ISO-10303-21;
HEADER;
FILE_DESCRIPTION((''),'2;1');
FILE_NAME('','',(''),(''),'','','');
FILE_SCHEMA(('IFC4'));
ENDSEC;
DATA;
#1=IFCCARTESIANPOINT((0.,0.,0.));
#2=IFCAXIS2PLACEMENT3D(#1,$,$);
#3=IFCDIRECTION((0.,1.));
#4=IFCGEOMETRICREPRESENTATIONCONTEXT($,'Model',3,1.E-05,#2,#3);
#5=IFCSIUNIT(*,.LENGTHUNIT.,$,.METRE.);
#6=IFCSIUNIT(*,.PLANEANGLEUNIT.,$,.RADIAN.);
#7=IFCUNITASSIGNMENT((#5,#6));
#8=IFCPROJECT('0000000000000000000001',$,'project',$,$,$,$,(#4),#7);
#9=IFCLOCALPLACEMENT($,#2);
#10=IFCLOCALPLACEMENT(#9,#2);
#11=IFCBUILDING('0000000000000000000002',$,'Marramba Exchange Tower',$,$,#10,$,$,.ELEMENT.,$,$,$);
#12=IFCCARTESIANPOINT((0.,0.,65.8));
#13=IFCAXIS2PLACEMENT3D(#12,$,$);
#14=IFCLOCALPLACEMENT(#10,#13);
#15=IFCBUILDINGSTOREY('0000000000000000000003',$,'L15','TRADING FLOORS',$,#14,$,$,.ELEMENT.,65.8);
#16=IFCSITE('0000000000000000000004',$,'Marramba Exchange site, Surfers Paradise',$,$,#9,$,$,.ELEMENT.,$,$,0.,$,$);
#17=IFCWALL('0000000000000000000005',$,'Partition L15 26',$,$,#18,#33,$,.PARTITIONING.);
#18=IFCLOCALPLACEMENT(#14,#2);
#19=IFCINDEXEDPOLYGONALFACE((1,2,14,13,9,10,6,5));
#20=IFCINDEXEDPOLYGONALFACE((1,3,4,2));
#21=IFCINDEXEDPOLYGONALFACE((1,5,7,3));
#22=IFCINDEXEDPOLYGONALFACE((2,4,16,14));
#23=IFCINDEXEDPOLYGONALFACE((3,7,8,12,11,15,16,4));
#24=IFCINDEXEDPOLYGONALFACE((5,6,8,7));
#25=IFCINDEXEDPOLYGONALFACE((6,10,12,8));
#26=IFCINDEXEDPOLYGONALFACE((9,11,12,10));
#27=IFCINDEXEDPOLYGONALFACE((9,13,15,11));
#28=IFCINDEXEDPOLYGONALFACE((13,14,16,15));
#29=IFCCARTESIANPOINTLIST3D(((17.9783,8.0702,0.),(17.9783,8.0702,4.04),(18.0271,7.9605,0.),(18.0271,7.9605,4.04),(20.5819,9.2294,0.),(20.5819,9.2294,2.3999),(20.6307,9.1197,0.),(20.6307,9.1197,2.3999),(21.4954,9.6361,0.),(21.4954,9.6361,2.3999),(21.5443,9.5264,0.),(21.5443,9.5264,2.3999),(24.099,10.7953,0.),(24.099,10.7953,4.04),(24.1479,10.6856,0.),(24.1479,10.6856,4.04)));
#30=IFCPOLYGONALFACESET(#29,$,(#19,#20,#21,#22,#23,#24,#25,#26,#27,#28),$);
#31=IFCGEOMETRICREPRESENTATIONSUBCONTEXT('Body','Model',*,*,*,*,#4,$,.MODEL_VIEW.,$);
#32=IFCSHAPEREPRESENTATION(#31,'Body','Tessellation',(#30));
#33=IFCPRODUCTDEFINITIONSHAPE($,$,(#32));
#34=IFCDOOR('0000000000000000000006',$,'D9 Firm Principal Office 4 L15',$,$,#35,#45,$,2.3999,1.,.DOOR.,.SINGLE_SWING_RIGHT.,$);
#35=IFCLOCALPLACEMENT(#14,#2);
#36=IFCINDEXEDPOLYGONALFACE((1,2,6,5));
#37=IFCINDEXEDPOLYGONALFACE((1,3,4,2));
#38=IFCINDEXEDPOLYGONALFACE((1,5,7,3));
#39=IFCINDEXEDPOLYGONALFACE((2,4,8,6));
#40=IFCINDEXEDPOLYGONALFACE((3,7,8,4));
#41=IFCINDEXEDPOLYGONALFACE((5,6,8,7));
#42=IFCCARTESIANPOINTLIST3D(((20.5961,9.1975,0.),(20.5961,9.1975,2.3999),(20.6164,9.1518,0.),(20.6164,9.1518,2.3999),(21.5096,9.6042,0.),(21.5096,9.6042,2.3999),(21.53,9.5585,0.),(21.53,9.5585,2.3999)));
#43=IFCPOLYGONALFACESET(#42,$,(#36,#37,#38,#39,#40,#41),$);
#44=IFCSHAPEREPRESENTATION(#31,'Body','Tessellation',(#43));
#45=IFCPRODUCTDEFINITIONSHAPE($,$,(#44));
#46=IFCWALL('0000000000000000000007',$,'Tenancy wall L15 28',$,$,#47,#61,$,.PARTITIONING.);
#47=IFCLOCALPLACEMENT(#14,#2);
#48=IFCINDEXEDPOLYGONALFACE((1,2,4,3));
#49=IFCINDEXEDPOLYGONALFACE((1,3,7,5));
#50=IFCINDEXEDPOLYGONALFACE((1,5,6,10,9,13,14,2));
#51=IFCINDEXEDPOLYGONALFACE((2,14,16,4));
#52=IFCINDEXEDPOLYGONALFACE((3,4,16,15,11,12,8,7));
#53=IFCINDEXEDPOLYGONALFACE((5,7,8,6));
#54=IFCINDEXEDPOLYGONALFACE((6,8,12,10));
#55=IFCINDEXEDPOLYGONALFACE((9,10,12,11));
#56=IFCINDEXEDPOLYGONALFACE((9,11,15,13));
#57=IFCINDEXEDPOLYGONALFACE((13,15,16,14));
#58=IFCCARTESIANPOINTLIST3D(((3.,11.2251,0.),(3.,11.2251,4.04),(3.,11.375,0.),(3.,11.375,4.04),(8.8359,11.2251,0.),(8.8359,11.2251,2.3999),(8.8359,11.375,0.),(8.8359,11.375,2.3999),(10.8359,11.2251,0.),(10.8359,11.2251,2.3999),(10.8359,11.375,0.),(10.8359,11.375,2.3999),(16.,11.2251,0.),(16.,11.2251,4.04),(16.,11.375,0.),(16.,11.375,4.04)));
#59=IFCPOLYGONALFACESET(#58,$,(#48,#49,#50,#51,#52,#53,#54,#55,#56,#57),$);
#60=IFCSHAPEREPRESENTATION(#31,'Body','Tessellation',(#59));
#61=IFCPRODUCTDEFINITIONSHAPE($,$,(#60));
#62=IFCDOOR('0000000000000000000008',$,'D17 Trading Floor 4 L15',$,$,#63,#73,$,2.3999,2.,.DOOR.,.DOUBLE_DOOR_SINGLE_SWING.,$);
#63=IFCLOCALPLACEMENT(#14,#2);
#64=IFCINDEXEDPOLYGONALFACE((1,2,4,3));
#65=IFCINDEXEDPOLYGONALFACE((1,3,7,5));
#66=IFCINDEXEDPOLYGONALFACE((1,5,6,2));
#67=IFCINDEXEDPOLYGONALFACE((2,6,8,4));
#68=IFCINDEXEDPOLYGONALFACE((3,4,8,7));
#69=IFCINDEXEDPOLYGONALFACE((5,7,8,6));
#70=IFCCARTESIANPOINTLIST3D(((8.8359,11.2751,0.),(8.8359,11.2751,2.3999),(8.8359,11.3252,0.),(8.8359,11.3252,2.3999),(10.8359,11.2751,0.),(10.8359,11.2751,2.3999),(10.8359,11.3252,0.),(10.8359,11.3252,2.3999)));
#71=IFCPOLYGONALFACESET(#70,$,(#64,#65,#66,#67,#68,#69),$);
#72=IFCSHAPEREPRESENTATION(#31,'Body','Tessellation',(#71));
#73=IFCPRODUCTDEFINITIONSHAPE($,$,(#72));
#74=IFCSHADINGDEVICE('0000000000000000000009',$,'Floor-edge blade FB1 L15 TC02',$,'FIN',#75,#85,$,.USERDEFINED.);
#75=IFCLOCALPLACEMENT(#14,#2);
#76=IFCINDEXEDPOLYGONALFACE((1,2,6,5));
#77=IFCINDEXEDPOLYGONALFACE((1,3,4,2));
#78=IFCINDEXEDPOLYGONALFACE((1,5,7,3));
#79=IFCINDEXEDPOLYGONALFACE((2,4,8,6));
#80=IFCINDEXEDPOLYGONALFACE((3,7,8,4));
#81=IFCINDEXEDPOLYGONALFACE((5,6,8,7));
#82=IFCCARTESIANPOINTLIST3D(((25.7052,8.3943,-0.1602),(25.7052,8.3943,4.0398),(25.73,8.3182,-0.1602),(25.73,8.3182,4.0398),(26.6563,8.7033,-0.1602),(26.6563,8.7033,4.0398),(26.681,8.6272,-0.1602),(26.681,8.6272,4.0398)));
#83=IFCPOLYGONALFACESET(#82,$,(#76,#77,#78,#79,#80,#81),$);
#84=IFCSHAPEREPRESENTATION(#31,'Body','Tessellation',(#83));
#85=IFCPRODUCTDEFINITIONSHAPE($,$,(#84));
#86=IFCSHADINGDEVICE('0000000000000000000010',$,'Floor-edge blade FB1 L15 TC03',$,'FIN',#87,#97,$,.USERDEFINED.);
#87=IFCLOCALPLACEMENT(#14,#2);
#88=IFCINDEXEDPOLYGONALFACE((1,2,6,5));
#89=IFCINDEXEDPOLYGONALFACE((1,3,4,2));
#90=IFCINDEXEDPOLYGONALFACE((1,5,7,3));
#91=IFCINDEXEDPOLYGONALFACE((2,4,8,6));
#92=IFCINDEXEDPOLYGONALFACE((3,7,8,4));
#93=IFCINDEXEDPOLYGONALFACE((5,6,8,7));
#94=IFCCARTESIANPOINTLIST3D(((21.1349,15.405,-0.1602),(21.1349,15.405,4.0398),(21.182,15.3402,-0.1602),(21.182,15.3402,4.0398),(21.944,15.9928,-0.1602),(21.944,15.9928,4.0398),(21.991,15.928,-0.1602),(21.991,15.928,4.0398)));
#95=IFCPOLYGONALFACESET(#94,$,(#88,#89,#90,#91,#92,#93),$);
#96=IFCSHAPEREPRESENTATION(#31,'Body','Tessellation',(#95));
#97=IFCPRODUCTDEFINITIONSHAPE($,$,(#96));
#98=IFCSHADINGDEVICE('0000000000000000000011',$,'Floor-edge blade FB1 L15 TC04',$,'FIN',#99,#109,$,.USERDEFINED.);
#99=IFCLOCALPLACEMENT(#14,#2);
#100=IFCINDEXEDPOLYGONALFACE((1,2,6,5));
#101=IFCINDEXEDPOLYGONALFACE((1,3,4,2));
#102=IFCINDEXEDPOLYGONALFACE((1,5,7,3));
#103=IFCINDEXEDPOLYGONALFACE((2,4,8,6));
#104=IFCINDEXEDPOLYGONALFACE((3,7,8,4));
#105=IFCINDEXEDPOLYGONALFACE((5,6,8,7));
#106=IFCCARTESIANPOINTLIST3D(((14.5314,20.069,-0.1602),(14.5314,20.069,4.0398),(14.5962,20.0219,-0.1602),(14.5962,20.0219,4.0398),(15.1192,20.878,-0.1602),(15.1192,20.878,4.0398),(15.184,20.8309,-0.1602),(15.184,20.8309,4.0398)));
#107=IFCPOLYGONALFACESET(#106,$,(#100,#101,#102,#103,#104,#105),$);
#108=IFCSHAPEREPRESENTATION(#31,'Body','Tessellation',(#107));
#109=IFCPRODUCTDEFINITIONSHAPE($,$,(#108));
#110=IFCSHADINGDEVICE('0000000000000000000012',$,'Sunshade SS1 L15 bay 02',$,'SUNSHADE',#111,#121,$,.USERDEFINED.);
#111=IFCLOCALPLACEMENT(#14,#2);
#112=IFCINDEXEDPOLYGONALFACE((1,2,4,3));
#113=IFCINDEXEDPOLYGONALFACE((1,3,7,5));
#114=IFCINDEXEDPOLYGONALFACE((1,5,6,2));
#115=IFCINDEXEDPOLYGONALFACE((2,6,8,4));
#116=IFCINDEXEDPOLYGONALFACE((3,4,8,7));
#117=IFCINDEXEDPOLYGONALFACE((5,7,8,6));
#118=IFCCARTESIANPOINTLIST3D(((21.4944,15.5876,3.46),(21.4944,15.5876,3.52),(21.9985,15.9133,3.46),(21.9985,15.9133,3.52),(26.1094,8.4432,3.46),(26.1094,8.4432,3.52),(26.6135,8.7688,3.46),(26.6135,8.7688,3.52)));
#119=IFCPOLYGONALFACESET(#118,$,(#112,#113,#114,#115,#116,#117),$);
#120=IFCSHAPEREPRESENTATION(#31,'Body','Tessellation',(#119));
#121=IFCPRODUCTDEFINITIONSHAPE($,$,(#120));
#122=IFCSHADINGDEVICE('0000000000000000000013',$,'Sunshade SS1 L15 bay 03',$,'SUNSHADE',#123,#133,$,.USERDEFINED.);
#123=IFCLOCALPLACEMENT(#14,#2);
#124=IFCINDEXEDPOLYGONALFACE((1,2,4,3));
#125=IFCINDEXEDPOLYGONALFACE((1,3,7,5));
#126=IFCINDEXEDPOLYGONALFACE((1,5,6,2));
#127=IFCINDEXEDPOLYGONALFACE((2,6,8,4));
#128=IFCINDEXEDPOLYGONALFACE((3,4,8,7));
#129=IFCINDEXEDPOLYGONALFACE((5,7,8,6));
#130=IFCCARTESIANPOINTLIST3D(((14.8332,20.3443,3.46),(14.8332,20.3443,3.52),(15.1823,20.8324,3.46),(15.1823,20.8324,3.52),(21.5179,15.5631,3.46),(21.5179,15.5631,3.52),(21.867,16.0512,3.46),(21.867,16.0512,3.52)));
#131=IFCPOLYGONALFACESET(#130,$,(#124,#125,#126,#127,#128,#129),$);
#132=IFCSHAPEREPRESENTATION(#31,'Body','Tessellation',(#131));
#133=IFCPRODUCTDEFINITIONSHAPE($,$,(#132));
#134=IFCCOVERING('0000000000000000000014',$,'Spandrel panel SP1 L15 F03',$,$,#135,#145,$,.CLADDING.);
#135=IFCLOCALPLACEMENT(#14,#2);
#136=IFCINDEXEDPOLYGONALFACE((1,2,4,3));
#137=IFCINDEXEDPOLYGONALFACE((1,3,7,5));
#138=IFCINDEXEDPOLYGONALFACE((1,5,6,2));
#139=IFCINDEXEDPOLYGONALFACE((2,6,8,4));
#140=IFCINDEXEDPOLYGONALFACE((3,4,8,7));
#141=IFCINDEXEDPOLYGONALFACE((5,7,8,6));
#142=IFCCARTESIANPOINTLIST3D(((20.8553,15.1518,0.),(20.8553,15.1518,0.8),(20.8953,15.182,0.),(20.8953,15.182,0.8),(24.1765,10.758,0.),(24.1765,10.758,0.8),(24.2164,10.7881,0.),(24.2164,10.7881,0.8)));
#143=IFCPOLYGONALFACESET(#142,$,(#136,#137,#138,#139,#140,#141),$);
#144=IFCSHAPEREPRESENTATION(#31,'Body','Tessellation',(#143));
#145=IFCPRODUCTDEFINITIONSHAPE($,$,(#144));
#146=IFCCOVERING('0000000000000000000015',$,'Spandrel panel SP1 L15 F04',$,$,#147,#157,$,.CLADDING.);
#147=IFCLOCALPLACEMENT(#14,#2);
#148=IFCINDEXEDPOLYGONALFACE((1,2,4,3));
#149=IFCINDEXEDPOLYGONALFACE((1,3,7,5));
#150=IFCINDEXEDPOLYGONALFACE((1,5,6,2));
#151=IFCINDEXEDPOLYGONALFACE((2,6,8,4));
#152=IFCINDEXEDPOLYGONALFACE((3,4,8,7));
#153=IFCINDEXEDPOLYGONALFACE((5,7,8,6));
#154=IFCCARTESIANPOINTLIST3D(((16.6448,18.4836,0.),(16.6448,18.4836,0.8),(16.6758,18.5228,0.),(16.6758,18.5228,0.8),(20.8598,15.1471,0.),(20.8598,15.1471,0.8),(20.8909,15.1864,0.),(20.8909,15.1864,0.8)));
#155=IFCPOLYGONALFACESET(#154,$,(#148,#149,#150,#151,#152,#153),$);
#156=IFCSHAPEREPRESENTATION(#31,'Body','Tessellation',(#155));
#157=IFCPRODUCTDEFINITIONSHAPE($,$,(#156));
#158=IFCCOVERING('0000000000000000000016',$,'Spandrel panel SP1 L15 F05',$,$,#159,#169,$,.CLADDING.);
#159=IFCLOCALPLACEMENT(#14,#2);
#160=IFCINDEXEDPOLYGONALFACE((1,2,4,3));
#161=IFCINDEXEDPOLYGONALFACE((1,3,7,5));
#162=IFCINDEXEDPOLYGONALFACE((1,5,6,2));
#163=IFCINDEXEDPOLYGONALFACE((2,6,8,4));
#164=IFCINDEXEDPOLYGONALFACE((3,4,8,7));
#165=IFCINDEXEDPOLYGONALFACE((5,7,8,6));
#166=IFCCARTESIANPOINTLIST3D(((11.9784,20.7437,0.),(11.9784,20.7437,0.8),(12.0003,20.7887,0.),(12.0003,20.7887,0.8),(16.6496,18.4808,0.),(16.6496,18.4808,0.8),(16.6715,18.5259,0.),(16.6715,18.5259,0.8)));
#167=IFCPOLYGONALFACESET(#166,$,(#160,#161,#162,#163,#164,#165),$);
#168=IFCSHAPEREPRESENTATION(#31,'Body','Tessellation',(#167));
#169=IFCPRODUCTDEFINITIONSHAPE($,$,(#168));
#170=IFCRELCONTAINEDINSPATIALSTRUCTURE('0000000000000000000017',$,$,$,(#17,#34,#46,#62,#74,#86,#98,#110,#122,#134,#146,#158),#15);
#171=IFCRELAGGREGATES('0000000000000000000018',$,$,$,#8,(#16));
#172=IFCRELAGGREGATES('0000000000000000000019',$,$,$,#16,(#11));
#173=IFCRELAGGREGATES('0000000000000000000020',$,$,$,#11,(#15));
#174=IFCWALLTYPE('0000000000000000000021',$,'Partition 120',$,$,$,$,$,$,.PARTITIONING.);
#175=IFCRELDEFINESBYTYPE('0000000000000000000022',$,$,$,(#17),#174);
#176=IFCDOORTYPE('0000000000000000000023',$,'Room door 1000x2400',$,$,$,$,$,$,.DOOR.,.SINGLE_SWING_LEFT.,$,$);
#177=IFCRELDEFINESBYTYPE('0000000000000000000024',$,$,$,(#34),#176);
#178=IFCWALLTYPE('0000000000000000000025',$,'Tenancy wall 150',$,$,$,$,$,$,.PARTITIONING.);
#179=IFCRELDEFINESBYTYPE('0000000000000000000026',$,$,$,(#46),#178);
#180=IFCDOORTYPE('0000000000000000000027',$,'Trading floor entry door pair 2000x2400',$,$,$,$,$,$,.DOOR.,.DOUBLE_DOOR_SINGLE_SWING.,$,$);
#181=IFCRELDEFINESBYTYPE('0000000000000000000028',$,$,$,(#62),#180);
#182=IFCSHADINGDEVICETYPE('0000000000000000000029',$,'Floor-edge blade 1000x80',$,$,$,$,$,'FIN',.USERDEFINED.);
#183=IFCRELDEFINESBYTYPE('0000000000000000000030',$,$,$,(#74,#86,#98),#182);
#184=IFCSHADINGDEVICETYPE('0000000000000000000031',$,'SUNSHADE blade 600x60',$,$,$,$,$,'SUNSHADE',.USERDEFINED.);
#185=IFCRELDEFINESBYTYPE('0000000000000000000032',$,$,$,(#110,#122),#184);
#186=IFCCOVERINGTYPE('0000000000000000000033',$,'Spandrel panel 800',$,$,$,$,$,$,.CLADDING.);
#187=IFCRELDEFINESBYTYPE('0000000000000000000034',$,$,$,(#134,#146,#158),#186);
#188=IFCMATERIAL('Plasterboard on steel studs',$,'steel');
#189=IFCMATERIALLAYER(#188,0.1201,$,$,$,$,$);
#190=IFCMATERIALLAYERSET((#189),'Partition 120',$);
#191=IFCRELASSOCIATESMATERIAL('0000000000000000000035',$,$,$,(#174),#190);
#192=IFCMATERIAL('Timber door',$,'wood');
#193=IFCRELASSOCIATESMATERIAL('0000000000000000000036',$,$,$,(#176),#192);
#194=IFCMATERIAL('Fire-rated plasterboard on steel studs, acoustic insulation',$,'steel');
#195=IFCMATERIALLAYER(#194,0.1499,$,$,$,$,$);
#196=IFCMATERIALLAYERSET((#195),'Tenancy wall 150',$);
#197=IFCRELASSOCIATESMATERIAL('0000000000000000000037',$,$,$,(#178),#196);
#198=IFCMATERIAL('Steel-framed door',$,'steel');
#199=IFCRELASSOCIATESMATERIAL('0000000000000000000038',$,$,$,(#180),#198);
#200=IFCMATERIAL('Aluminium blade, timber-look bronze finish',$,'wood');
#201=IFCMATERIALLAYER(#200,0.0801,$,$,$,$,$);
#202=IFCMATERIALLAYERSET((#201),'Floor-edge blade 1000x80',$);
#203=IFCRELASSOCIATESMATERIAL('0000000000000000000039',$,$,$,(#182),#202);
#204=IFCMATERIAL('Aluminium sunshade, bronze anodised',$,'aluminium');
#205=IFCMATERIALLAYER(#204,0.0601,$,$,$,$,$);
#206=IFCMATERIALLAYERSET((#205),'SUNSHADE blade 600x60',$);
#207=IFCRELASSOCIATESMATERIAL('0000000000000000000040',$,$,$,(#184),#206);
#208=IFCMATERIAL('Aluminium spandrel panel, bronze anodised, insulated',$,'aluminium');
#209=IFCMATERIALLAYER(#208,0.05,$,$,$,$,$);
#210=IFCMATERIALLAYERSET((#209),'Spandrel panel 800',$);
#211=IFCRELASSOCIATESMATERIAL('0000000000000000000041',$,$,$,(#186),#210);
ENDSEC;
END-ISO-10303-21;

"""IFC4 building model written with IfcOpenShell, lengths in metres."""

from ifc_helpers import new_model, si_unit, direction, frame, frame_2d, origin, origin_2d, place, context, subcontext, project, spatial, rectangle, extrude, material, layer, layer_set, type_object, element, fill, save


model = new_model("IFC4")

# Units and contexts
model_context = context("Model", 3, precision=1e-05, world=origin(), true_north=direction((0.0, 1.0)))
body_context = subcontext(model_context, "Body", "Model", "MODEL_VIEW")
ifc_project = project(units=[si_unit("LENGTHUNIT", "METRE"), si_unit("PLANEANGLEUNIT", "RADIAN")], contexts=[model_context])

# Site, building, storey
site_placement = place(None, origin())
site = spatial("IfcSite", under=ifc_project, at=site_placement, Name="Marramba Exchange site, Surfers Paradise", CompositionType="ELEMENT", RefElevation=0.0)
building_placement = place(site_placement, origin())
building = spatial("IfcBuilding", under=site, at=building_placement, Name="Marramba Exchange Tower", CompositionType="ELEMENT")
storey_placement = place(building_placement, frame((0.0, 0.0, 65.8)))
storey = spatial("IfcBuildingStorey", under=building, at=storey_placement, Name="L15", Description="TRADING FLOORS", CompositionType="ELEMENT", Elevation=65.8)

# Walls, openings, doors
ifc_material_1 = material(Name="Plasterboard on steel studs", Category="steel")
ifc_layer_1 = layer(ifc_material_1, 0.1201)
ifc_layer_set_1 = layer_set([ifc_layer_1], Name="Partition 120")
wall_type_1 = type_object("IfcWallType", Name="Partition 120", PredefinedType="PARTITIONING", material=ifc_layer_set_1)
wall_1_placement = place(storey_placement, frame((24.1235, 10.7405, 0.0), z_axis=(0.0, 0.0, 1.0), x_axis=(-0.91355, -0.406727, 0.0)))
wall_1 = element("IfcWall", 1, at=wall_1_placement, inside=storey, type_object=wall_type_1, Name="Partition L15 26", PredefinedType="PARTITIONING", context=body_context, shape_type="SweptSolid", body=[
    extrude(rectangle(XDim=6.7, YDim=0.1201, at=frame_2d((3.3501, 0.0))), origin(), (0.0, 0.0, 1.0), 4.04),
])
opening_1_placement = place(wall_1_placement, frame((2.8501, 0.0, 0.0)))
opening_1 = element("IfcOpeningElement", 2, at=opening_1_placement, cuts=wall_1, PredefinedType="OPENING", context=body_context, shape_type="SweptSolid", body=[
    extrude(rectangle(XDim=1.0, YDim=2.3999, at=frame_2d((0.5, 1.2))), frame((0.0, 0.0701, 0.0), z_axis=(0.0, -1.0, 0.0), x_axis=(1.0, 0.0, 0.0)), (0.0, 0.0, 1.0), 0.1401),
])
ifc_material_2 = material(Name="Timber door", Category="wood")
door_type_1 = type_object("IfcDoorType", Name="Room door 1000x2400", OperationType="SINGLE_SWING_LEFT", PredefinedType="DOOR", material=ifc_material_2)
door_1_placement = place(opening_1_placement, origin())
door_1 = element("IfcDoor", 3, at=door_1_placement, inside=storey, type_object=door_type_1, Name="D9 Firm Principal Office 4 L15", OperationType="SINGLE_SWING_RIGHT", OverallHeight=2.3999, OverallWidth=1.0, PredefinedType="DOOR", context=body_context, shape_type="SweptSolid", body=[
    extrude(rectangle(XDim=1.0, YDim=2.3999, at=frame_2d((0.5, 1.2))), frame((0.0, 0.0249, 0.0), z_axis=(0.0, -1.0, 0.0), x_axis=(1.0, 0.0, 0.0)), (0.0, 0.0, 1.0), 0.05),
])
fill(opening_1, door_1)
ifc_material_3 = material(Name="Fire-rated plasterboard on steel studs, acoustic insulation", Category="steel")
ifc_layer_2 = layer(ifc_material_3, 0.1499)
ifc_layer_set_2 = layer_set([ifc_layer_2], Name="Tenancy wall 150")
wall_type_2 = type_object("IfcWallType", Name="Tenancy wall 150", PredefinedType="PARTITIONING", material=ifc_layer_set_2)
wall_2_placement = place(storey_placement, frame((16.0, 11.3, 0.0), z_axis=(0.0, 0.0, 1.0), x_axis=(-1.0, 0.0, 0.0)))
wall_2 = element("IfcWall", 4, at=wall_2_placement, inside=storey, type_object=wall_type_2, Name="Tenancy wall L15 28", PredefinedType="PARTITIONING", context=body_context, shape_type="SweptSolid", body=[
    extrude(rectangle(XDim=13.0, YDim=0.1499, at=frame_2d((6.5, 0.0))), origin(), (0.0, 0.0, 1.0), 4.04),
])
opening_2_placement = place(wall_2_placement, frame((5.1641, 0.0, 0.0)))
opening_2 = element("IfcOpeningElement", 5, at=opening_2_placement, cuts=wall_2, PredefinedType="OPENING", context=body_context, shape_type="SweptSolid", body=[
    extrude(rectangle(XDim=2.0, YDim=2.3999, at=frame_2d((1.0, 1.2))), frame((0.0, 0.085, 0.0), z_axis=(0.0, -1.0, 0.0), x_axis=(1.0, 0.0, 0.0)), (0.0, 0.0, 1.0), 0.1699),
])
ifc_material_4 = material(Name="Steel-framed door", Category="steel")
door_type_2 = type_object("IfcDoorType", Name="Trading floor entry door pair 2000x2400", OperationType="DOUBLE_DOOR_SINGLE_SWING", PredefinedType="DOOR", material=ifc_material_4)
door_2_placement = place(opening_2_placement, origin())
door_2 = element("IfcDoor", 6, at=door_2_placement, inside=storey, type_object=door_type_2, Name="D17 Trading Floor 4 L15", OperationType="DOUBLE_DOOR_SINGLE_SWING", OverallHeight=2.3999, OverallWidth=2.0, PredefinedType="DOOR", context=body_context, shape_type="SweptSolid", body=[
    extrude(rectangle(XDim=2.0, YDim=2.3999, at=frame_2d((1.0, 1.2))), frame((0.0, 0.0249, 0.0), z_axis=(0.0, -1.0, 0.0), x_axis=(1.0, 0.0, 0.0)), (0.0, 0.0, 1.0), 0.05),
])
fill(opening_2, door_2)

# Shading devices
ifc_material_5 = material(Name="Aluminium blade, timber-look bronze finish", Category="wood")
ifc_layer_3 = layer(ifc_material_5, 0.0801)
ifc_layer_set_3 = layer_set([ifc_layer_3], Name="Floor-edge blade 1000x80")
shading_device_type_1 = type_object("IfcShadingDeviceType", Name="Floor-edge blade 1000x80", ElementType="FIN", PredefinedType="USERDEFINED", material=ifc_layer_set_3)
for number, where, z_axis, x_axis, name in (
    (7, (26.1931, 8.5107, -0.1602), (0.0, 0.0, 1.0), (0.951057, 0.309017, 0.0), "Floor-edge blade FB1 L15 TC02"),
    (8, (21.563, 15.6665, -0.1602), (0.0, 0.0, 1.0), (0.809017, 0.587785, 0.0), "Floor-edge blade FB1 L15 TC03"),
    (9, (14.8577, 20.45, -0.1602), (0.0, 0.0, 1.0), (0.587785, 0.809017, 0.0), "Floor-edge blade FB1 L15 TC04"),
):
    element("IfcShadingDevice", number, at=place(storey_placement, frame(where, z_axis=z_axis, x_axis=x_axis)), inside=storey, type_object=shading_device_type_1, Name=name, ObjectType="FIN", PredefinedType="USERDEFINED", context=body_context, shape_type="SweptSolid", body=[
        extrude(rectangle(XDim=1.0, YDim=0.0801, at=origin_2d()), origin(), (0.0, 0.0, 1.0), 4.2),
    ])
ifc_material_6 = material(Name="Aluminium sunshade, bronze anodised", Category="aluminium")
ifc_layer_4 = layer(ifc_material_6, 0.0601)
ifc_layer_set_4 = layer_set([ifc_layer_4], Name="SUNSHADE blade 600x60")
shading_device_type_2 = type_object("IfcShadingDeviceType", Name="SUNSHADE blade 600x60", ElementType="SUNSHADE", PredefinedType="USERDEFINED", material=ifc_layer_set_4)
shading_device_1_placement = place(storey_placement, frame((24.054, 12.1782, 3.46), z_axis=(0.0, 0.0, 1.0), x_axis=(-0.542597, 0.839993, 0.0)))
element("IfcShadingDevice", 10, at=shading_device_1_placement, inside=storey, type_object=shading_device_type_2, Name="Sunshade SS1 L15 bay 02", ObjectType="SUNSHADE", PredefinedType="USERDEFINED", context=body_context, shape_type="SweptSolid", body=[
    extrude(rectangle(XDim=8.5054, YDim=0.6001, at=origin_2d()), origin(), (0.0, 0.0, 1.0), 0.0601),
])
shading_device_2_placement = place(storey_placement, frame((18.3501, 18.1978, 3.46), z_axis=(0.0, 0.0, 1.0), x_axis=(-0.813363, 0.581757, 0.0)))
element("IfcShadingDevice", 11, at=shading_device_2_placement, inside=storey, type_object=shading_device_type_2, Name="Sunshade SS1 L15 bay 03", ObjectType="SUNSHADE", PredefinedType="USERDEFINED", context=body_context, shape_type="SweptSolid", body=[
    extrude(rectangle(XDim=8.2185, YDim=0.6001, at=origin_2d()), origin(), (0.0, 0.0, 1.0), 0.0601),
])

# Coverings
ifc_material_7 = material(Name="Aluminium spandrel panel, bronze anodised, insulated", Category="aluminium")
ifc_layer_5 = layer(ifc_material_7, 0.05)
ifc_layer_set_5 = layer_set([ifc_layer_5], Name="Spandrel panel 800")
covering_type = type_object("IfcCoveringType", Name="Spandrel panel 800", PredefinedType="CLADDING", material=ifc_layer_set_5)
covering_1_placement = place(storey_placement, frame((22.5359, 12.97, 0.0), z_axis=(0.0, 0.0, 1.0), x_axis=(-0.60299, 0.797749, 0.0)))
element("IfcCovering", 12, at=covering_1_placement, inside=storey, type_object=covering_type, Name="Spandrel panel SP1 L15 F03", PredefinedType="CLADDING", context=body_context, shape_type="SweptSolid", body=[
    extrude(rectangle(XDim=5.5078, YDim=0.05, at=origin_2d()), origin(), (0.0, 0.0, 1.0), 0.8),
])
covering_2_placement = place(storey_placement, frame((18.7678, 16.835, 0.0), z_axis=(0.0, 0.0, 1.0), x_axis=(-0.784088, 0.62065, 0.0)))
element("IfcCovering", 13, at=covering_2_placement, inside=storey, type_object=covering_type, Name="Spandrel panel SP1 L15 F04", PredefinedType="CLADDING", context=body_context, shape_type="SweptSolid", body=[
    extrude(rectangle(XDim=5.3757, YDim=0.05, at=origin_2d()), origin(), (0.0, 0.0, 1.0), 0.8),
])
covering_3_placement = place(storey_placement, frame((14.325, 19.6348, 0.0), z_axis=(0.0, 0.0, 1.0), x_axis=(-0.899963, 0.435965, 0.0)))
element("IfcCovering", 14, at=covering_3_placement, inside=storey, type_object=covering_type, Name="Spandrel panel SP1 L15 F05", PredefinedType="CLADDING", context=body_context, shape_type="SweptSolid", body=[
    extrude(rectangle(XDim=5.1904, YDim=0.05, at=origin_2d()), origin(), (0.0, 0.0, 1.0), 0.8),
])

save(model, "model.ifc")
